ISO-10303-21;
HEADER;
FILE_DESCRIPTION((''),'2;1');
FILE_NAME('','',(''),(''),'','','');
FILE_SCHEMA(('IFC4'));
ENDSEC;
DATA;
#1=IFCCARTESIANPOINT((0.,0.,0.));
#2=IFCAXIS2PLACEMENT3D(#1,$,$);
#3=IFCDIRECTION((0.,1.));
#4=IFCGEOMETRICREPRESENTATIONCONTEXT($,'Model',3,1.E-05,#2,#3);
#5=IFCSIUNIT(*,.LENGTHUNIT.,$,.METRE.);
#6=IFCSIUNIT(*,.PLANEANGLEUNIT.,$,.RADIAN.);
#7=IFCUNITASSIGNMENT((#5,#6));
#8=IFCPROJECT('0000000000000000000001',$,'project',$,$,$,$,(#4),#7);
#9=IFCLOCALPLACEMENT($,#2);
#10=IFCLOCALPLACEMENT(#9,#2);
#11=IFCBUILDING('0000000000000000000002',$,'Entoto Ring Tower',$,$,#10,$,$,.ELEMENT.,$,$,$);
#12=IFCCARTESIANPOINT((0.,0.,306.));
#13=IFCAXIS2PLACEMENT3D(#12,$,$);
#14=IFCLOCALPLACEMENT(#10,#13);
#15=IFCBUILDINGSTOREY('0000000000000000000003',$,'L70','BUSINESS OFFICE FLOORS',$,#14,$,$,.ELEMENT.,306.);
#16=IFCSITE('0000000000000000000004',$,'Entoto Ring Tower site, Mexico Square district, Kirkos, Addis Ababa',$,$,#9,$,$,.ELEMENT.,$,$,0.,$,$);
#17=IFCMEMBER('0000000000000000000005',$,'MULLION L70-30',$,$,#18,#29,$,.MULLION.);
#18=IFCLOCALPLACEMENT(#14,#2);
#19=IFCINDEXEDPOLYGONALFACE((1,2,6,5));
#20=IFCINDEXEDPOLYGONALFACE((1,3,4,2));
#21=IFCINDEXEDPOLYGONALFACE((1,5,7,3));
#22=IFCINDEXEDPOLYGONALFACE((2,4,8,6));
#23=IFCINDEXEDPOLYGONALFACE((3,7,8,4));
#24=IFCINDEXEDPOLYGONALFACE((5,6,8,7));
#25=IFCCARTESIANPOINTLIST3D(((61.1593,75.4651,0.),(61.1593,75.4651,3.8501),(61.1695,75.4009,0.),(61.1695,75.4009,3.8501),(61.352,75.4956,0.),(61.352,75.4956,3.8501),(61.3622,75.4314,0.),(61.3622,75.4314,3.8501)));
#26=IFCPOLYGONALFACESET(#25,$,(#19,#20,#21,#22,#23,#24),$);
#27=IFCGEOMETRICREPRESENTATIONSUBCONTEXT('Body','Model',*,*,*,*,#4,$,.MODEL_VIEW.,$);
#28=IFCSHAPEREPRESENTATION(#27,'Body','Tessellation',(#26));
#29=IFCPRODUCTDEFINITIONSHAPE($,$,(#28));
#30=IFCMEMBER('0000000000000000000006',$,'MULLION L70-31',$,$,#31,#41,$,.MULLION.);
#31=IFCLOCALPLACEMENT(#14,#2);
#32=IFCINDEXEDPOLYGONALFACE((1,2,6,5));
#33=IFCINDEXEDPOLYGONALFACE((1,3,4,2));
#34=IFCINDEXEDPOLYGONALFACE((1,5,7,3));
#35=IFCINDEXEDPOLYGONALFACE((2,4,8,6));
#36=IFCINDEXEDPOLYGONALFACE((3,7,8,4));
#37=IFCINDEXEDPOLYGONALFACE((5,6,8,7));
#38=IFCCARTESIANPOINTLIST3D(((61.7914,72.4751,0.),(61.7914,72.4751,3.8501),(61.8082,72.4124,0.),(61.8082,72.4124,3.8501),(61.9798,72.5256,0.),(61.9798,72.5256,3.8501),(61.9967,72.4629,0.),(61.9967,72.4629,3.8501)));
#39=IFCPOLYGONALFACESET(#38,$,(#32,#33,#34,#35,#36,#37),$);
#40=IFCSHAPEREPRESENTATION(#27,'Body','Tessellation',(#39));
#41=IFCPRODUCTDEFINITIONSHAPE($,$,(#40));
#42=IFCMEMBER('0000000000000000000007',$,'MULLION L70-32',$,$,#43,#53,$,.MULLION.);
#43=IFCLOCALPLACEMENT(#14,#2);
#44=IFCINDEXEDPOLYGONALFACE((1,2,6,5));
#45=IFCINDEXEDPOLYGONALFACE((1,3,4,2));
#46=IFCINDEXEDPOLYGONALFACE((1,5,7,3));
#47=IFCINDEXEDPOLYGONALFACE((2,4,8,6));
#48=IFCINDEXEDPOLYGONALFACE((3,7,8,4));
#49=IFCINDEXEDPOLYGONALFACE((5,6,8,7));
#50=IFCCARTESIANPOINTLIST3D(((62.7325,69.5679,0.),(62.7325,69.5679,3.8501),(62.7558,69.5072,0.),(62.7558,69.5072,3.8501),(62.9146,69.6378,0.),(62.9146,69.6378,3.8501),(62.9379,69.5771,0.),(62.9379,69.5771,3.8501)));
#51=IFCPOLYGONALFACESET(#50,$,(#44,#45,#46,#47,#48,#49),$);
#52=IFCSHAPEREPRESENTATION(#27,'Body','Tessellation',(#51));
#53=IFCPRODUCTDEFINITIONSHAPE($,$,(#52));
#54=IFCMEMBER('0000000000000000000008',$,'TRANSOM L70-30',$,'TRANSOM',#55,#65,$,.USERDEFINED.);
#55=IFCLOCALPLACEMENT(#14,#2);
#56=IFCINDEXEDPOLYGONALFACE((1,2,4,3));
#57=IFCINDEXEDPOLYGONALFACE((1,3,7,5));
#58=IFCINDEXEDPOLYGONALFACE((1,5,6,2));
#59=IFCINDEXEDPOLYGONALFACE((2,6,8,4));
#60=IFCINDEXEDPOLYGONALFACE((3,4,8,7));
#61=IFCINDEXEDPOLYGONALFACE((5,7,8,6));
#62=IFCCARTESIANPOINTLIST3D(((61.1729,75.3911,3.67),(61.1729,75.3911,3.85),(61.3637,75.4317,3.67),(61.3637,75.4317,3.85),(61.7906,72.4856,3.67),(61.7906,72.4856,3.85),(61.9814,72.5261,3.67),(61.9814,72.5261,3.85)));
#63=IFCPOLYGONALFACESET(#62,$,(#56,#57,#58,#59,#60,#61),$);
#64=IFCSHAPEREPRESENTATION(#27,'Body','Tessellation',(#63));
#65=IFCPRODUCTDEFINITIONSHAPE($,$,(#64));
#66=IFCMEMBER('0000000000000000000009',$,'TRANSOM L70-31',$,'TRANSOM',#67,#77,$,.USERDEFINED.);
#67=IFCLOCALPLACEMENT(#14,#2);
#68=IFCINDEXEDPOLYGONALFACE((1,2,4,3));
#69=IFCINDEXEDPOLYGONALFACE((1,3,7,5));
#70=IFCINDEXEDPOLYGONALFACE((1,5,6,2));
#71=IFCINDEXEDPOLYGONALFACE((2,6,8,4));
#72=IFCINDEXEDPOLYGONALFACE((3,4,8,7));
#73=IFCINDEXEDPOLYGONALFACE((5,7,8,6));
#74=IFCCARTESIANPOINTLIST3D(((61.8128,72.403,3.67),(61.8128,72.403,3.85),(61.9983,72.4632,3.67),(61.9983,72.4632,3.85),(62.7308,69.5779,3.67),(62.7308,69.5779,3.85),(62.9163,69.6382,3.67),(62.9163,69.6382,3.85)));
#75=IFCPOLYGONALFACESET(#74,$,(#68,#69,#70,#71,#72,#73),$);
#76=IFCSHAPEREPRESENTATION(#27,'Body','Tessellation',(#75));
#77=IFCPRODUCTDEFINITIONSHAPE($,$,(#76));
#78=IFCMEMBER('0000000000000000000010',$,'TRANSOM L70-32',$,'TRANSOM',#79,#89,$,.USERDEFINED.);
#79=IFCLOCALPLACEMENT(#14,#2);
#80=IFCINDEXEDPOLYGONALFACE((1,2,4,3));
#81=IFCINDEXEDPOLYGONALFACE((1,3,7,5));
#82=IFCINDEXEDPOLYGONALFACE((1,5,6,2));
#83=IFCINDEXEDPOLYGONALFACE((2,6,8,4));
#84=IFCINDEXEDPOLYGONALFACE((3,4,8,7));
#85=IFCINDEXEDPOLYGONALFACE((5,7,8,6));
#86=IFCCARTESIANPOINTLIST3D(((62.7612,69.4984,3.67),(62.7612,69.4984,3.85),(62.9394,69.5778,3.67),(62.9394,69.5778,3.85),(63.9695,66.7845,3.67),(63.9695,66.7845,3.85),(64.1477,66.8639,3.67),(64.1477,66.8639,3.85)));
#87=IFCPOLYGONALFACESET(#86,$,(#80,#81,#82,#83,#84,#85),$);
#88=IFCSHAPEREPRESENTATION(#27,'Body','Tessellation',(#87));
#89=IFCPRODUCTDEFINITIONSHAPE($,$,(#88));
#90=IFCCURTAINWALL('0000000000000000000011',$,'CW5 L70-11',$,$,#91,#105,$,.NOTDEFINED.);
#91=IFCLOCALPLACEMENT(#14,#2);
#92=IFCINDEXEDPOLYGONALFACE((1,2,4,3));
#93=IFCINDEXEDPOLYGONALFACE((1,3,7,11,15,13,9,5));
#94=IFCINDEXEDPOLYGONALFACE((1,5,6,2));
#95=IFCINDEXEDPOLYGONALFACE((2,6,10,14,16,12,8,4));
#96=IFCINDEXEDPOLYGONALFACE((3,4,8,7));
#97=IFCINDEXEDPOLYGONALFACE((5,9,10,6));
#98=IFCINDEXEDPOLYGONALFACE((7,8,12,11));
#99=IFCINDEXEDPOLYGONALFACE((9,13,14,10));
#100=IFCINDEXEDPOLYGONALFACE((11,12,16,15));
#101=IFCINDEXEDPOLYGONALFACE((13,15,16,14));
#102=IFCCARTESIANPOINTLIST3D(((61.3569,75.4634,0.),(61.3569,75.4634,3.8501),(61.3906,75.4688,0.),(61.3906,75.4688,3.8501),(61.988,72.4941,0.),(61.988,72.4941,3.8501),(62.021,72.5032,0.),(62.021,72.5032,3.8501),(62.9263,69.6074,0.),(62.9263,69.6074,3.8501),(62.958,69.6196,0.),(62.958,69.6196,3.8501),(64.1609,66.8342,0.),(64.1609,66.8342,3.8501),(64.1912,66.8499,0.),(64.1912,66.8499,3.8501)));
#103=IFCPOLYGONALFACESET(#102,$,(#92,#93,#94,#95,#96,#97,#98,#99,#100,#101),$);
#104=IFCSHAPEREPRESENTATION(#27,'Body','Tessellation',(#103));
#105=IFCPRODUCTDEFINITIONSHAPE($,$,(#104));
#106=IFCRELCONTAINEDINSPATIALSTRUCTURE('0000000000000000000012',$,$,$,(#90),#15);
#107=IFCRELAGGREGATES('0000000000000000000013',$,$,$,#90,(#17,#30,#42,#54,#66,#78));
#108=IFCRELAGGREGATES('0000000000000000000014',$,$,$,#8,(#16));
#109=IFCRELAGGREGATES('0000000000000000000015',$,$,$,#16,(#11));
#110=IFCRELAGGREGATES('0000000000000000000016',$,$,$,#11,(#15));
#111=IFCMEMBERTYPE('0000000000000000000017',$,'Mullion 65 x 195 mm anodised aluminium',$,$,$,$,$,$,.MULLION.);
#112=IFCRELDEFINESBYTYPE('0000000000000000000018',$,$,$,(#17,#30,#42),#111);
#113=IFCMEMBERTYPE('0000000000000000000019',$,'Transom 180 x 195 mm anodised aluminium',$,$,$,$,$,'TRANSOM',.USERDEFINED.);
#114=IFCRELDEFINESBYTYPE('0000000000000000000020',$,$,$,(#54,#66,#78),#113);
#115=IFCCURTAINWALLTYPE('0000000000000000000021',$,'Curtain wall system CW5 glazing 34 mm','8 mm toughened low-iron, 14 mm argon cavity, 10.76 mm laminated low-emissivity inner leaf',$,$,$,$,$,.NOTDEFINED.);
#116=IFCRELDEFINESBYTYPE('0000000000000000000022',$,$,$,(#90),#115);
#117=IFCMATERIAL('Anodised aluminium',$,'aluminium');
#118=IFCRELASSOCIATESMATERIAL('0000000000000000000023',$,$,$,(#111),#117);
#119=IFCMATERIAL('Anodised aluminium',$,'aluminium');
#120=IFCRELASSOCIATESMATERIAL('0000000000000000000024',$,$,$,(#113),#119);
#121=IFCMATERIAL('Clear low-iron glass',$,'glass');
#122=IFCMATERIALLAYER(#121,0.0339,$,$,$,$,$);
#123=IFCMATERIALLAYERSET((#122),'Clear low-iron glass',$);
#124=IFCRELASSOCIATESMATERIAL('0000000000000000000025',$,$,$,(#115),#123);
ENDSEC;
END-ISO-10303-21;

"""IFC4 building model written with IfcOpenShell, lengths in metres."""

from ifc_helpers import new_model, si_unit, direction, frame, origin, origin_2d, place, context, subcontext, project, spatial, polyline, rectangle, outline, extrude, material, layer, layer_set, material_profile, profile_set, type_object, element, aggregate, save


model = new_model("IFC4")

# Units and contexts
model_context = context("Model", 3, precision=1e-05, world=origin(), true_north=direction((0.0, 1.0)))
body_context = subcontext(model_context, "Body", "Model", "MODEL_VIEW")
ifc_project = project(units=[si_unit("LENGTHUNIT", "METRE"), si_unit("PLANEANGLEUNIT", "RADIAN")], contexts=[model_context])

# Members
ifc_material_1 = material(Name="Anodised aluminium", Category="aluminium")
ifc_material_profile_1 = material_profile(ifc_material_1, rectangle(XDim=0.0649, YDim=0.1951, at=origin_2d()), Name="Mullion 65 x 195 mm anodised aluminium")
ifc_profile_set_1 = profile_set([ifc_material_profile_1], Name="Anodised aluminium")
member_type_1 = type_object("IfcMemberType", Name="Mullion 65 x 195 mm anodised aluminium", PredefinedType="MULLION", material=ifc_profile_set_1)
site_placement = place(None, origin())
building_placement = place(site_placement, origin())
storey_placement = place(building_placement, frame((0.0, 0.0, 306.0)))
member_1_placement = place(storey_placement, frame((61.2607, 75.4482, 0.0), z_axis=(0.0, 0.0, 1.0), x_axis=(0.156434, -0.987688, 0.0)))
member_1 = element("IfcMember", 1, at=member_1_placement, type_object=member_type_1, Name="MULLION L70-30", PredefinedType="MULLION", context=body_context, shape_type="SweptSolid", body=[
    extrude(rectangle(XDim=0.0649, YDim=0.1951, at=origin_2d()), origin(), (0.0, 0.0, 1.0), 3.8501),
])
member_2_placement = place(storey_placement, frame((61.894, 72.469, 0.0), z_axis=(0.0, 0.0, 1.0), x_axis=(0.258819, -0.965926, 0.0)))
member_2 = element("IfcMember", 2, at=member_2_placement, type_object=member_type_1, Name="MULLION L70-31", PredefinedType="MULLION", context=body_context, shape_type="SweptSolid", body=[
    extrude(rectangle(XDim=0.0649, YDim=0.1951, at=origin_2d()), origin(), (0.0, 0.0, 1.0), 3.8501),
])
member_3_placement = place(storey_placement, frame((62.8352, 69.5725, 0.0), z_axis=(0.0, 0.0, 1.0), x_axis=(0.358368, -0.93358, 0.0)))
member_3 = element("IfcMember", 3, at=member_3_placement, type_object=member_type_1, Name="MULLION L70-32", PredefinedType="MULLION", context=body_context, shape_type="SweptSolid", body=[
    extrude(rectangle(XDim=0.0649, YDim=0.1951, at=origin_2d()), origin(), (0.0, 0.0, 1.0), 3.8501),
])
ifc_material_2 = material(Name="Anodised aluminium", Category="aluminium")
ifc_material_profile_2 = material_profile(ifc_material_2, rectangle(XDim=0.1951, YDim=0.1799, at=origin_2d()), Name="Transom 180 x 195 mm anodised aluminium")
ifc_profile_set_2 = profile_set([ifc_material_profile_2], Name="Anodised aluminium")
member_type_2 = type_object("IfcMemberType", Name="Transom 180 x 195 mm anodised aluminium", ElementType="TRANSOM", PredefinedType="USERDEFINED", material=ifc_profile_set_2)
member_4_placement = place(storey_placement, frame((61.2683, 75.4114, 3.76), z_axis=(0.20794, -0.978142, 0.0), x_axis=(0.978142, 0.20794, 0.0)))
member_4 = element("IfcMember", 4, at=member_4_placement, type_object=member_type_2, Name="TRANSOM L70-30", ObjectType="TRANSOM", PredefinedType="USERDEFINED", context=body_context, shape_type="SweptSolid", body=[
    extrude(rectangle(XDim=0.1951, YDim=0.1799, at=origin_2d()), origin(), (0.0, 0.0, 1.0), 2.9705),
])
member_5_placement = place(storey_placement, frame((61.9055, 72.4331, 3.76), z_axis=(0.309043, -0.951048, 0.0), x_axis=(0.951048, 0.309043, 0.0)))
member_5 = element("IfcMember", 5, at=member_5_placement, type_object=member_type_2, Name="TRANSOM L70-31", ObjectType="TRANSOM", PredefinedType="USERDEFINED", context=body_context, shape_type="SweptSolid", body=[
    extrude(rectangle(XDim=0.1951, YDim=0.1799, at=origin_2d()), origin(), (0.0, 0.0, 1.0), 2.9705),
])
member_6_placement = place(storey_placement, frame((62.8503, 69.5381, 3.76), z_axis=(0.406726, -0.91355, 0.0), x_axis=(0.91355, 0.406726, 0.0)))
member_6 = element("IfcMember", 6, at=member_6_placement, type_object=member_type_2, Name="TRANSOM L70-32", ObjectType="TRANSOM", PredefinedType="USERDEFINED", context=body_context, shape_type="SweptSolid", body=[
    extrude(rectangle(XDim=0.1951, YDim=0.1799, at=origin_2d()), origin(), (0.0, 0.0, 1.0), 2.9707),
])

# Site, building, storey
site = spatial("IfcSite", under=ifc_project, at=site_placement, Name="Entoto Ring Tower site, Mexico Square district, Kirkos, Addis Ababa", CompositionType="ELEMENT", RefElevation=0.0)
building = spatial("IfcBuilding", under=site, at=building_placement, Name="Entoto Ring Tower", CompositionType="ELEMENT")
storey = spatial("IfcBuildingStorey", under=building, at=storey_placement, Name="L70", Description="BUSINESS OFFICE FLOORS", CompositionType="ELEMENT", Elevation=306.0)

# Curtain wall
ifc_material_3 = material(Name="Clear low-iron glass", Category="glass")
ifc_layer = layer(ifc_material_3, 0.0339)
ifc_layer_set = layer_set([ifc_layer], Name="Clear low-iron glass")
curtain_wall_type = type_object("IfcCurtainWallType", Name="Curtain wall system CW5 glazing 34 mm", Description="8 mm toughened low-iron, 14 mm argon cavity, 10.76 mm laminated low-emissivity inner leaf", PredefinedType="NOTDEFINED", material=ifc_layer_set)
curtain_wall_1_placement = place(storey_placement, origin())
curtain_wall_1 = element("IfcCurtainWall", 7, at=curtain_wall_1_placement, inside=storey, type_object=curtain_wall_type, Name="CW5 L70-11", PredefinedType="NOTDEFINED", context=body_context, shape_type="SweptSolid", body=[
    extrude(outline(polyline([(61.3569, 75.4634), (61.988, 72.4941), (62.9263, 69.6074), (64.1609, 66.8342), (64.1912, 66.8499), (62.958, 69.6196), (62.021, 72.5032), (61.3906, 75.4688), (61.3569, 75.4634)])), origin(), (0.0, 0.0, 1.0), 3.8501),
])
aggregate(curtain_wall_1, [member_1, member_2, member_3, member_4, member_5, member_6])

save(model, "model.ifc")
